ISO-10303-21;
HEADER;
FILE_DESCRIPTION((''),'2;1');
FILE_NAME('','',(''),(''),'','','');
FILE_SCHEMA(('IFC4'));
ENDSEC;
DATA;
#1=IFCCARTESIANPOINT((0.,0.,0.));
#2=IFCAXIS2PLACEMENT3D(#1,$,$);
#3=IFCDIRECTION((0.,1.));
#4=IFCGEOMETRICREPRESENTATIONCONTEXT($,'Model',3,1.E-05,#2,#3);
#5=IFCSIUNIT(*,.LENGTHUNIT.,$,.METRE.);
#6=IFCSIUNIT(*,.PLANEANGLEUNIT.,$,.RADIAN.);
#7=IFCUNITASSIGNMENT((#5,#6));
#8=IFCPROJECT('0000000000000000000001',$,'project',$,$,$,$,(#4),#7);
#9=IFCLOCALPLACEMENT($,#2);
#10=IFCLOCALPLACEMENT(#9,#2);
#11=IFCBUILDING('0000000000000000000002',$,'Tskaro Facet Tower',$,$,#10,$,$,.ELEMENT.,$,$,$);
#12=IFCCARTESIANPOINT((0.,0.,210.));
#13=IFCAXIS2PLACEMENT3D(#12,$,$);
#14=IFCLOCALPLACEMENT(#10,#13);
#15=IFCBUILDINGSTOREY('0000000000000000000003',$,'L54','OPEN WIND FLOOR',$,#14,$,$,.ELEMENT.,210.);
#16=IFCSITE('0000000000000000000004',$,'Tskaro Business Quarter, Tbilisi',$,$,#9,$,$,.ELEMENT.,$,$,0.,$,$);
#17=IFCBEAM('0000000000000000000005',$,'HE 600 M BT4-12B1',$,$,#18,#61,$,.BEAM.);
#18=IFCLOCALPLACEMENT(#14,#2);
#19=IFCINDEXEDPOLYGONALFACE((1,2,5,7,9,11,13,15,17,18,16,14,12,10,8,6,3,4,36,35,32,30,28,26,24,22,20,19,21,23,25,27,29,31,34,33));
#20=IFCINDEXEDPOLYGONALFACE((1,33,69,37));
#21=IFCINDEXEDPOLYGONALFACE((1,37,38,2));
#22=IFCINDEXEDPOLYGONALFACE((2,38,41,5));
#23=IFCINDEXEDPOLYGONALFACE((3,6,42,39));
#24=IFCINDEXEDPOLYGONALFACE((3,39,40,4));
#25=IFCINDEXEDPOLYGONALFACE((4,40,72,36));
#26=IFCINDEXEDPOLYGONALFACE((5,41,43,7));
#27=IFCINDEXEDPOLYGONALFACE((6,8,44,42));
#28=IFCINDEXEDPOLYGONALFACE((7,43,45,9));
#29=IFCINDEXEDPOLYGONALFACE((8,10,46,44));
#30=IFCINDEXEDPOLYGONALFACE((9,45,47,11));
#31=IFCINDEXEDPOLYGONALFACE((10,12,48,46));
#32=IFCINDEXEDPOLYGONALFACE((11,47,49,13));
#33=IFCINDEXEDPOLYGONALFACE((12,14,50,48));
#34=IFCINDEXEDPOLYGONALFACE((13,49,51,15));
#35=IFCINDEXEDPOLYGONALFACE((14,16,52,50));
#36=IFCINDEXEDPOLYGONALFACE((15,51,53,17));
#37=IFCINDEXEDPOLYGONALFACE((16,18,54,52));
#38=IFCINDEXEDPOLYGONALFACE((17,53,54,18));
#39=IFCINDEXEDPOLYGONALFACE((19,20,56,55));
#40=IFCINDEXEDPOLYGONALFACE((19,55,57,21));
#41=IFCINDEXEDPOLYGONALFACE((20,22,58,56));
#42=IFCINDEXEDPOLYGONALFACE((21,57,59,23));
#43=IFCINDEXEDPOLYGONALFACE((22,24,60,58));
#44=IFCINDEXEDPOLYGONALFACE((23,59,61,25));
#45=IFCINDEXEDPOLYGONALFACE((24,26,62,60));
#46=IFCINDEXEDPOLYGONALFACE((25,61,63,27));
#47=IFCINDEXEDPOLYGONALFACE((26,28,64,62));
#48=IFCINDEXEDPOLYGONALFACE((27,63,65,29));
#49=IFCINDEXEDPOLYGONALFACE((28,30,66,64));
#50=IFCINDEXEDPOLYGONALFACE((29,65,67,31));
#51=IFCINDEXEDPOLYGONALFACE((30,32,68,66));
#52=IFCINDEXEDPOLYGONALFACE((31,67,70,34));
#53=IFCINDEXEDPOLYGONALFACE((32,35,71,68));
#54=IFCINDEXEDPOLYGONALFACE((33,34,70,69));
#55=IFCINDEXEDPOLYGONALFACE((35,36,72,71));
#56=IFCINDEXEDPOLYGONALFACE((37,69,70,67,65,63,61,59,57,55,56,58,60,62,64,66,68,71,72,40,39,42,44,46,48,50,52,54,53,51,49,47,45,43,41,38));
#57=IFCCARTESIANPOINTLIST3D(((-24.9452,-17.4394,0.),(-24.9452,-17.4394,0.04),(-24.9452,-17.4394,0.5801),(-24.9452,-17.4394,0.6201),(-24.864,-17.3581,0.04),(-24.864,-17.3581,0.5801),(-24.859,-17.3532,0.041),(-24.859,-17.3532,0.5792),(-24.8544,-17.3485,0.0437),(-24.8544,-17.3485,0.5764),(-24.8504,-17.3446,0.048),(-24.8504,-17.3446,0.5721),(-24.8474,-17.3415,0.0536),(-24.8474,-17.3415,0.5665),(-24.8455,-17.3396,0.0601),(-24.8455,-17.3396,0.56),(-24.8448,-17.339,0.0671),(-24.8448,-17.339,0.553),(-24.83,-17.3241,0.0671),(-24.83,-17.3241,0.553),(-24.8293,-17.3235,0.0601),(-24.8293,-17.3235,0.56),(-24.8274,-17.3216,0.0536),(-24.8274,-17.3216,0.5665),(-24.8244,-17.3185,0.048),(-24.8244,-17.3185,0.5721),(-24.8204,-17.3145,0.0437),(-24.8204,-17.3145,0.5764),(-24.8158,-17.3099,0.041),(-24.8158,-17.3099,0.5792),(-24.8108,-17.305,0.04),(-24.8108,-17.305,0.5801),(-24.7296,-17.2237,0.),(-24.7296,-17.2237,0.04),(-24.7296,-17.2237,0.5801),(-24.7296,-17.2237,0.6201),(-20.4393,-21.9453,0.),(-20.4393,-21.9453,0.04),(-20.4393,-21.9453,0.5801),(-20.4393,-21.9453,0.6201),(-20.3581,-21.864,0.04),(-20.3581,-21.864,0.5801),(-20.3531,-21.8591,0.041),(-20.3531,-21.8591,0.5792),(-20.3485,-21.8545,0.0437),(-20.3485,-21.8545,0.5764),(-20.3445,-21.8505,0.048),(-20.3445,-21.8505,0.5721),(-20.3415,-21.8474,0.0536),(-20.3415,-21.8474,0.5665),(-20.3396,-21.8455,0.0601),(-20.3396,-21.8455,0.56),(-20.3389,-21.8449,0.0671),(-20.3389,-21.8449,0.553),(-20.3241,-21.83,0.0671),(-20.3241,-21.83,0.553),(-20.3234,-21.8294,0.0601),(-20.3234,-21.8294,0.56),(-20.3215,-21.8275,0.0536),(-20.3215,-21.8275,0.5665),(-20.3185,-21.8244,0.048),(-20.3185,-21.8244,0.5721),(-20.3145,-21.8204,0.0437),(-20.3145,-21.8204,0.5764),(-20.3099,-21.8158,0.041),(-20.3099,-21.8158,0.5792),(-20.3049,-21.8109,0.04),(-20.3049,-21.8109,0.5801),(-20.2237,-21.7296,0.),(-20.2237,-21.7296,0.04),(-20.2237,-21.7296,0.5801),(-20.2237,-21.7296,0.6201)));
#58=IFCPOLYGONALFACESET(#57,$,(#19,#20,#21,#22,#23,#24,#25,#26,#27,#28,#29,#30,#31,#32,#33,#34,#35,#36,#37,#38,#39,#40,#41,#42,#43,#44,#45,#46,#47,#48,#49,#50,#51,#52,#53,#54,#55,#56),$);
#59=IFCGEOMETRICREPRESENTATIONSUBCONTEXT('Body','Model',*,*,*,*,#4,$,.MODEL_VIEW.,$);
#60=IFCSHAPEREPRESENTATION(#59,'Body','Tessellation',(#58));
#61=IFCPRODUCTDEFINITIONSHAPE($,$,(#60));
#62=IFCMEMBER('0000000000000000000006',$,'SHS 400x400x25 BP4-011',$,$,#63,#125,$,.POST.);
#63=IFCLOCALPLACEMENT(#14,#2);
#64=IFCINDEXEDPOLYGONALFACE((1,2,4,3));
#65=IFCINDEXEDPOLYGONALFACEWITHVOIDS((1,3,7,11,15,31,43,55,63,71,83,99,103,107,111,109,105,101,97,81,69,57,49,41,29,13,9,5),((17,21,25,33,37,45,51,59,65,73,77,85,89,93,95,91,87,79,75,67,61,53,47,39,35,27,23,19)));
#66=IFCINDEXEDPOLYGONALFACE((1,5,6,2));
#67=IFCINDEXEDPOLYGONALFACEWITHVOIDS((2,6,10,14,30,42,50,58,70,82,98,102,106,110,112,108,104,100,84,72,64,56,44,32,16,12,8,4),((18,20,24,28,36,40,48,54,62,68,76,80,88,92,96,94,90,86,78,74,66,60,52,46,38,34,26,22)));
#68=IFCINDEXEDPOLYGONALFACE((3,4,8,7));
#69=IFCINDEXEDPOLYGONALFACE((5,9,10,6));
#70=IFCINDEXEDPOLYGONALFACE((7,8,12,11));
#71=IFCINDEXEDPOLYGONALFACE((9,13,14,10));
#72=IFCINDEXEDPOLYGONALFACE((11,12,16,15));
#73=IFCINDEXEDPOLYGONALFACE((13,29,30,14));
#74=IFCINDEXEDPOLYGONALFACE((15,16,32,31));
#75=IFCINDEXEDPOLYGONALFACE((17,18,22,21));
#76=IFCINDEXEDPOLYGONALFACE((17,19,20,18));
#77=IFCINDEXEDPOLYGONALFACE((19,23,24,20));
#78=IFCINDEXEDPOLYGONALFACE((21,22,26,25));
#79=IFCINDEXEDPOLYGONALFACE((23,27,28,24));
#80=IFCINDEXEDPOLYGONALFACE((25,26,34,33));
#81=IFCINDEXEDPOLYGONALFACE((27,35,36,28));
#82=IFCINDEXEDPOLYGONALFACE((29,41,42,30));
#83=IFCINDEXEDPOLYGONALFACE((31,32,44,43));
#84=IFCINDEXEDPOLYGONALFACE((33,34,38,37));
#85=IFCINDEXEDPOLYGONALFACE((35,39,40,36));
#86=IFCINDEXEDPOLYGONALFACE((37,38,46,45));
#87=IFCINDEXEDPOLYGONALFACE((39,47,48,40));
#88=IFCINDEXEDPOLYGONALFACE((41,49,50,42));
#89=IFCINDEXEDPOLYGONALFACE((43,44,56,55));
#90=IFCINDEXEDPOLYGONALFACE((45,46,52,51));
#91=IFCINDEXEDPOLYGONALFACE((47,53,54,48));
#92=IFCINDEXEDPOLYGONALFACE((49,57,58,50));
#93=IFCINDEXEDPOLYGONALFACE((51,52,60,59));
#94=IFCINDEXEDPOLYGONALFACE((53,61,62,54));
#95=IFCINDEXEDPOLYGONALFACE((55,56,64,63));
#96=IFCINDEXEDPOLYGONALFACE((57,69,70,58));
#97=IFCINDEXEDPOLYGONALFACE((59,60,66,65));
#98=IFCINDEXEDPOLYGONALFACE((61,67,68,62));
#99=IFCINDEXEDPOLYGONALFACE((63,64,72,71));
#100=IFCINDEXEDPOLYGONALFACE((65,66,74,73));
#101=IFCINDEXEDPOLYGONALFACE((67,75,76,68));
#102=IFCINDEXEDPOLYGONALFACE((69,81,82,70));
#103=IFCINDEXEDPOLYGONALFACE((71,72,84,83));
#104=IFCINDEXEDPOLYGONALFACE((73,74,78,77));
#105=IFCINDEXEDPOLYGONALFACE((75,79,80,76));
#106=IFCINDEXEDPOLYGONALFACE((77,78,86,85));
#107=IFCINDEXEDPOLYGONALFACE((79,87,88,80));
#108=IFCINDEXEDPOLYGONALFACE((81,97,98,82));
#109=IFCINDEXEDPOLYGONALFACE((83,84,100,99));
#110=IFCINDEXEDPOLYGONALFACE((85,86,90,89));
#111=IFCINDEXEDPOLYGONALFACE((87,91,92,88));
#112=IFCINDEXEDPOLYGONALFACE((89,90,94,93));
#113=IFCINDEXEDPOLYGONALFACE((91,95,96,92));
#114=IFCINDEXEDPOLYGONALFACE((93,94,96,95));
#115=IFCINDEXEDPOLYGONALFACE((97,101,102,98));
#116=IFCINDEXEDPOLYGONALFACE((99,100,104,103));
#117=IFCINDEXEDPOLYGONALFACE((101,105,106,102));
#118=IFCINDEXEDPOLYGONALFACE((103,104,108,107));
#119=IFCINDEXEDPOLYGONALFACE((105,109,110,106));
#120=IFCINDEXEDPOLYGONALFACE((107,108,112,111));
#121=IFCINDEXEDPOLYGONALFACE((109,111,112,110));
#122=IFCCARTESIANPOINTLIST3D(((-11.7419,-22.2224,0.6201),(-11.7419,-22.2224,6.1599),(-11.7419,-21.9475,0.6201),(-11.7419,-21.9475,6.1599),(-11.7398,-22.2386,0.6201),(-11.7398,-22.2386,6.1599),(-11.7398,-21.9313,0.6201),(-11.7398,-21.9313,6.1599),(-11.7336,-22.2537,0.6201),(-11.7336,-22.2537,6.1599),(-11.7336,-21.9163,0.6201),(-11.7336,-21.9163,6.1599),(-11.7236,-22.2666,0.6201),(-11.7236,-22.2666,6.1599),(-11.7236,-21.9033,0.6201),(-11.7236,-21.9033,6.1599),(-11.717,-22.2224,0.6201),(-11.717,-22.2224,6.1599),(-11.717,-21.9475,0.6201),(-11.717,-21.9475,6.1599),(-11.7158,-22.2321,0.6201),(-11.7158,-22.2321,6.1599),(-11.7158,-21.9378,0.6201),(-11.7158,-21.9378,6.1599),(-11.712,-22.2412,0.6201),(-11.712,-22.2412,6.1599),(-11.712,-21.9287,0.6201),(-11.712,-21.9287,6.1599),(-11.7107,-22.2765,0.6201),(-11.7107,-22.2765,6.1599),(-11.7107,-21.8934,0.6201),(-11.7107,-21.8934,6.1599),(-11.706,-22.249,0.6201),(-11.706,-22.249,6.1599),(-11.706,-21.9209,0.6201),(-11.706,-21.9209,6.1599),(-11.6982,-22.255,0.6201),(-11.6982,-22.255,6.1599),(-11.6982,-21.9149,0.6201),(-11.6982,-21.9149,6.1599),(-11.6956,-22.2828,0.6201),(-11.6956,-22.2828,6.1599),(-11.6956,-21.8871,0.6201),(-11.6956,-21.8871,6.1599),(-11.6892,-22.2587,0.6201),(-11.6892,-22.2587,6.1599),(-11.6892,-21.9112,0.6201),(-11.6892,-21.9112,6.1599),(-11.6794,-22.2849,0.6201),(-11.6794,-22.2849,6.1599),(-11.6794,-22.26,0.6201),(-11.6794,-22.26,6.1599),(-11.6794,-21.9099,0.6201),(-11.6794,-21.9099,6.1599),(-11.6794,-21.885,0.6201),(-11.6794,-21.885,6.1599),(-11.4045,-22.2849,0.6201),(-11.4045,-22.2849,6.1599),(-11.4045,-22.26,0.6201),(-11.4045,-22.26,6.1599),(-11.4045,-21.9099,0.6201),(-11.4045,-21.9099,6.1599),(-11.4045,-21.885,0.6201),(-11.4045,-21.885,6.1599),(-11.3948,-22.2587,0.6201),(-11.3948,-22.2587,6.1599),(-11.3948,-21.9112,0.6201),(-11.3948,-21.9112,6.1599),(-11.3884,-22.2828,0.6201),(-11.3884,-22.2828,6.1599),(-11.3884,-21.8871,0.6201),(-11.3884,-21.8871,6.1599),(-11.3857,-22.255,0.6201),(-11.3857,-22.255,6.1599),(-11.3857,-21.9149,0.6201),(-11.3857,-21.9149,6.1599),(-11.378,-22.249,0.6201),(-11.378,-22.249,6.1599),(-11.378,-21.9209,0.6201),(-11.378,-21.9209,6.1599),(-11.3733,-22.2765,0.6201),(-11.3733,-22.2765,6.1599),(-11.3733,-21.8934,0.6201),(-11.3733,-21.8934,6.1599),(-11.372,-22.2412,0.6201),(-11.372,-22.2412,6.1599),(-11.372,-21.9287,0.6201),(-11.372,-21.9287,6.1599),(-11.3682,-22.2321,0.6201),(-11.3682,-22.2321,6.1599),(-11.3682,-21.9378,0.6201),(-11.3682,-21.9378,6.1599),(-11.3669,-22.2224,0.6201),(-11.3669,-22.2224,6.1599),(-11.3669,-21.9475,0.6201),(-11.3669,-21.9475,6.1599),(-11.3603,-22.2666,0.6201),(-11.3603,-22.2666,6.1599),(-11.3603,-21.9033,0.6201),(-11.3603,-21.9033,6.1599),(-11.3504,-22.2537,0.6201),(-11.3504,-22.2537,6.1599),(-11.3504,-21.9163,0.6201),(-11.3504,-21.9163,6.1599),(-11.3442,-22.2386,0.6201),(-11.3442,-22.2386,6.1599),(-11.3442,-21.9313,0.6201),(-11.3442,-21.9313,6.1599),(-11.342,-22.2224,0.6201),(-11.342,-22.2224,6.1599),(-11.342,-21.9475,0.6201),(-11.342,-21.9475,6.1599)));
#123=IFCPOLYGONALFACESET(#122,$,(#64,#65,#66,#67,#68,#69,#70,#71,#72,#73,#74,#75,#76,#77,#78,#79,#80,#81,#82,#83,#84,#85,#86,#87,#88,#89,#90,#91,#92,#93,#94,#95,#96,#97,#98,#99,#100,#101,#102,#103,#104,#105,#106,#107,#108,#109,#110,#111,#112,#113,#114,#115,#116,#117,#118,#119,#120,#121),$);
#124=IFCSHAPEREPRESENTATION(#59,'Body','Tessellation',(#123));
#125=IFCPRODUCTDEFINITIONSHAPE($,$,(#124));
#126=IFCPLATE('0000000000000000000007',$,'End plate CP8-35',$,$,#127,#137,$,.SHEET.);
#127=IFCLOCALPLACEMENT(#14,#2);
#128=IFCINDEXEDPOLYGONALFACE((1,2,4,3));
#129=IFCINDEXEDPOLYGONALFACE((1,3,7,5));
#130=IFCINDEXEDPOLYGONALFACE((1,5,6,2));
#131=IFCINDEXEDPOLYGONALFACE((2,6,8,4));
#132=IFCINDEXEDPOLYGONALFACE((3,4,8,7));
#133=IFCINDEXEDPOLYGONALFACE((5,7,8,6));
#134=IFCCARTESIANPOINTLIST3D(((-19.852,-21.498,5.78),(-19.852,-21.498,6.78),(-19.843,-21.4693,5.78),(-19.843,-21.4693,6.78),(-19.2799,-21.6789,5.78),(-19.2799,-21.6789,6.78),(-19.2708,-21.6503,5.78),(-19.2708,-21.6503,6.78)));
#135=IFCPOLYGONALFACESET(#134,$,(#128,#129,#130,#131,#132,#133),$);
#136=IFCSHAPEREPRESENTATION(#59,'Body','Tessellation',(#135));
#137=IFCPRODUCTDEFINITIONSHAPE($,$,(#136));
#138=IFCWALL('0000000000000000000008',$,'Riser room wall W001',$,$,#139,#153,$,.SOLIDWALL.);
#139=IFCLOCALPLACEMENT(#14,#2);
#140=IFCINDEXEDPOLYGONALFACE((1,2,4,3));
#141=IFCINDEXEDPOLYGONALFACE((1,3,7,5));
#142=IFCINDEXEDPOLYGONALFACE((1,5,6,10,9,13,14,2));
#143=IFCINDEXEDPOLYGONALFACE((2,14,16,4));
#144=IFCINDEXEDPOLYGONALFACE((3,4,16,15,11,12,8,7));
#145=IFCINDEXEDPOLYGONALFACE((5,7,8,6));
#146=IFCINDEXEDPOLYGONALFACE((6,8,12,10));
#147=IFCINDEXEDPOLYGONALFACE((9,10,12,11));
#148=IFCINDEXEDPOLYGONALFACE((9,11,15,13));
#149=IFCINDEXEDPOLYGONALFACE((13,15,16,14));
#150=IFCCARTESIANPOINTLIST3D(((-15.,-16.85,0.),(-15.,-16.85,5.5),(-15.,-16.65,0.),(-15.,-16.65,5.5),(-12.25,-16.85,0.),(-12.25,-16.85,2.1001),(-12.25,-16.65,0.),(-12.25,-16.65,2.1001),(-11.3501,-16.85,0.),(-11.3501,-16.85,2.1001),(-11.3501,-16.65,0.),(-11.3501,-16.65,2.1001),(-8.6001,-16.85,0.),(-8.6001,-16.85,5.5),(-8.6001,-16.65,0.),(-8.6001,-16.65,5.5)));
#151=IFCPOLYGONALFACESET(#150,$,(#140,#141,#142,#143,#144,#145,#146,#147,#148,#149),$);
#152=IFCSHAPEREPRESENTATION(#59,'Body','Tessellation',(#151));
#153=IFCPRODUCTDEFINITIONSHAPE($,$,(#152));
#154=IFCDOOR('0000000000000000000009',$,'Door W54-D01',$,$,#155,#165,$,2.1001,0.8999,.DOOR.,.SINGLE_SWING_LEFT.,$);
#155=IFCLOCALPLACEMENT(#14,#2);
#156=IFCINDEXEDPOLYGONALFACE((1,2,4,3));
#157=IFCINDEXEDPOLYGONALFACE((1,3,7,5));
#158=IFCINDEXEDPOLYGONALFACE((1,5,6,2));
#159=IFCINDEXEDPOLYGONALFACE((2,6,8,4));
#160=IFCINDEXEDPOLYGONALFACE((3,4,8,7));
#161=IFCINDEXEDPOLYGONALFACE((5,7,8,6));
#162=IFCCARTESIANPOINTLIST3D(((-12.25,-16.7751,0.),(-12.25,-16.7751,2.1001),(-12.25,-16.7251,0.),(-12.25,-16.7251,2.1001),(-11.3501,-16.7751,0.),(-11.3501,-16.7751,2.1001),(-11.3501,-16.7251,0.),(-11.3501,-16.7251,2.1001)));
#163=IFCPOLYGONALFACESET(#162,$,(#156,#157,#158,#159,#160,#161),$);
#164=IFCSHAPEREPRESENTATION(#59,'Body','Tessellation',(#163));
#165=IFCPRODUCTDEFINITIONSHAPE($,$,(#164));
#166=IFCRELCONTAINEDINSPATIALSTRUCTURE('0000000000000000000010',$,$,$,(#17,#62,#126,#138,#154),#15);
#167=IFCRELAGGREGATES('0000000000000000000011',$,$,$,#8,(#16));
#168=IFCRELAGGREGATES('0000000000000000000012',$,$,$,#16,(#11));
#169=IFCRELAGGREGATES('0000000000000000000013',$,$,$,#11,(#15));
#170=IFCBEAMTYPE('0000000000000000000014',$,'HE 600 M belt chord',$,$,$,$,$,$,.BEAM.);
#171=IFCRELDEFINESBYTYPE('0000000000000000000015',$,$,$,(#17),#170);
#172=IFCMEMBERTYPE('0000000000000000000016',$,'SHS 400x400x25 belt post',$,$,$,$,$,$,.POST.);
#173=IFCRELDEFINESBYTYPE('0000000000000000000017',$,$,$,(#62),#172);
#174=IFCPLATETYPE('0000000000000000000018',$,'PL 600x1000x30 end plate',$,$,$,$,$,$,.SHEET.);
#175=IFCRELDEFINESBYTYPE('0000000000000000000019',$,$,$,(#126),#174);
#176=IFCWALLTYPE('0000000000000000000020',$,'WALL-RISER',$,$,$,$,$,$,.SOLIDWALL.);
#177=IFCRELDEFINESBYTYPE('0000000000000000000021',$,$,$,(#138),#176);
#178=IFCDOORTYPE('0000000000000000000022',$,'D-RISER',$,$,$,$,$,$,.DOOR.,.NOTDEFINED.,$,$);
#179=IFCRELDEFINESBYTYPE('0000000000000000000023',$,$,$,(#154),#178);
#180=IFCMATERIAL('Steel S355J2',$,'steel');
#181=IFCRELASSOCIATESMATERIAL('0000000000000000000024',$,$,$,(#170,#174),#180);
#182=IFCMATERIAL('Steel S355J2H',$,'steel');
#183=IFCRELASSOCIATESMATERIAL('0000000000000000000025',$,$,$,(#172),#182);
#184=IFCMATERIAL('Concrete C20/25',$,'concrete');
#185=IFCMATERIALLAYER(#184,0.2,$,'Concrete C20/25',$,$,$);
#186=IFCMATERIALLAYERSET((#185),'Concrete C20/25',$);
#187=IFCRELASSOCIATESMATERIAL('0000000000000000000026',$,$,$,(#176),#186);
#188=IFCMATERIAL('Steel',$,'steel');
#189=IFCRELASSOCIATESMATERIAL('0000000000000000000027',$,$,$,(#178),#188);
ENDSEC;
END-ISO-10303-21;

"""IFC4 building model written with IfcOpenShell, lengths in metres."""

from ifc_helpers import new_model, si_unit, direction, frame, frame_2d, origin, origin_2d, place, context, subcontext, project, spatial, rectangle, hollow_rectangle, i_section, extrude, material, layer, layer_set, material_profile, profile_set, type_object, element, fill, save


model = new_model("IFC4")

# Units and contexts
model_context = context("Model", 3, precision=1e-05, world=origin(), true_north=direction((0.0, 1.0)))
body_context = subcontext(model_context, "Body", "Model", "MODEL_VIEW")
ifc_project = project(units=[si_unit("LENGTHUNIT", "METRE"), si_unit("PLANEANGLEUNIT", "RADIAN")], contexts=[model_context])

# Site, building, storey
site_placement = place(None, origin())
site = spatial("IfcSite", under=ifc_project, at=site_placement, Name="Tskaro Business Quarter, Tbilisi", CompositionType="ELEMENT", RefElevation=0.0)
building_placement = place(site_placement, origin())
building = spatial("IfcBuilding", under=site, at=building_placement, Name="Tskaro Facet Tower", CompositionType="ELEMENT")
storey_placement = place(building_placement, frame((0.0, 0.0, 210.0)))
storey = spatial("IfcBuildingStorey", under=building, at=storey_placement, Name="L54", Description="OPEN WIND FLOOR", CompositionType="ELEMENT", Elevation=210.0)

# Shared definitions
ifc_material_1 = material(Name="Steel S355J2H", Category="steel")

# Shared definitions
ifc_material_2 = material(Name="Steel S355J2", Category="steel")

# Beam
ifc_material_profile_1 = material_profile(ifc_material_2, i_section(OverallWidth=0.3049, OverallDepth=0.6201, WebThickness=0.021, FlangeThickness=0.04, FilletRadius=0.0271, at=origin_2d()), Name="HE 600 M")
ifc_profile_set_1 = profile_set([ifc_material_profile_1], Name="Steel S355J2")
beam_type_1 = type_object("IfcBeamType", Name="HE 600 M belt chord", PredefinedType="BEAM", material=ifc_profile_set_1)
for number, where, z_axis, x_axis, name in (
    (1, (-24.8374, -17.3315, 0.3101), (0.707107, -0.707107, 0.0), (0.707107, 0.707107, 0.0), "HE 600 M BT4-12B1"),
):
    element("IfcBeam", number, at=place(storey_placement, frame(where, z_axis=z_axis, x_axis=x_axis)), inside=storey, type_object=beam_type_1, Name=name, PredefinedType="BEAM", context=body_context, shape_type="SweptSolid", body=[
        extrude(i_section(OverallWidth=0.3049, OverallDepth=0.6201, WebThickness=0.021, FlangeThickness=0.04, FilletRadius=0.0271, at=origin_2d()), origin(), (0.0, 0.0, 1.0), 6.3723),
    ])

# Member
ifc_material_profile_2 = material_profile(ifc_material_1, hollow_rectangle(XDim=0.3999, YDim=0.3999, WallThickness=0.0249, InnerFilletRadius=0.0376, OuterFilletRadius=0.0625, at=origin_2d()), Name="SHS 400x400x25")
ifc_profile_set_2 = profile_set([ifc_material_profile_2], Name="Steel S355J2H")
member_type_1 = type_object("IfcMemberType", Name="SHS 400x400x25 belt post", PredefinedType="POST", material=ifc_profile_set_2)
member_placement = place(storey_placement, frame((-11.542, -22.085, 0.6201), z_axis=(0.0, 0.0, 1.0), x_axis=(1.0, 0.0, 0.0)))
element("IfcMember", 2, at=member_placement, inside=storey, type_object=member_type_1, Name="SHS 400x400x25 BP4-011", PredefinedType="POST", context=body_context, shape_type="SweptSolid", body=[
    extrude(hollow_rectangle(XDim=0.3999, YDim=0.3999, WallThickness=0.0249, InnerFilletRadius=0.0376, OuterFilletRadius=0.0625, at=origin_2d()), origin(), (0.0, 0.0, 1.0), 5.5398),
])

# Plate
ifc_material_profile_3 = material_profile(ifc_material_2, rectangle(XDim=0.6001, YDim=1.0, at=origin_2d()), Name="PL 600x1000x30 end plate")
ifc_profile_set_3 = profile_set([ifc_material_profile_3], Name="Steel S355J2")
plate_type = type_object("IfcPlateType", Name="PL 600x1000x30 end plate", PredefinedType="SHEET", material=ifc_profile_set_3)
plate_placement = place(storey_placement, frame((-19.5569, -21.5598, 6.28), z_axis=(-0.301521, -0.953459, 0.0), x_axis=(0.953459, -0.301521, 0.0)))
element("IfcPlate", 3, at=plate_placement, inside=storey, type_object=plate_type, Name="End plate CP8-35", PredefinedType="SHEET", context=body_context, shape_type="SweptSolid", body=[
    extrude(rectangle(XDim=0.6001, YDim=1.0, at=origin_2d()), origin(), (0.0, 0.0, 1.0), 0.03),
])

# Wall, opening, door
ifc_material_3 = material(Name="Concrete C20/25", Category="concrete")
ifc_layer = layer(ifc_material_3, 0.2, Name="Concrete C20/25")
ifc_layer_set = layer_set([ifc_layer], Name="Concrete C20/25")
wall_type = type_object("IfcWallType", Name="WALL-RISER", PredefinedType="SOLIDWALL", material=ifc_layer_set)
wall_placement = place(storey_placement, frame((-15.0, -16.75, 0.0), z_axis=(0.0, 0.0, 1.0), x_axis=(1.0, 0.0, 0.0)))
wall = element("IfcWall", 4, at=wall_placement, inside=storey, type_object=wall_type, Name="Riser room wall W001", PredefinedType="SOLIDWALL", context=body_context, shape_type="SweptSolid", body=[
    extrude(rectangle(XDim=6.3999, YDim=0.2, at=frame_2d((3.2, 0.0))), origin(), (0.0, 0.0, 1.0), 5.5),
])
opening_placement = place(wall_placement, frame((2.75, 0.0, 0.0)))
opening = element("IfcOpeningElement", 5, at=opening_placement, cuts=wall, PredefinedType="OPENING", context=body_context, shape_type="SweptSolid", body=[
    extrude(rectangle(XDim=0.8999, YDim=2.1001, at=frame_2d((0.45, 1.05))), frame((0.0, 0.1099, 0.0), z_axis=(0.0, -1.0, 0.0), x_axis=(1.0, 0.0, 0.0)), (0.0, 0.0, 1.0), 0.22),
])
ifc_material_4 = material(Name="Steel", Category="steel")
door_type = type_object("IfcDoorType", Name="D-RISER", OperationType="NOTDEFINED", PredefinedType="DOOR", material=ifc_material_4)
door_placement = place(opening_placement, origin())
door = element("IfcDoor", 6, at=door_placement, inside=storey, type_object=door_type, Name="Door W54-D01", OperationType="SINGLE_SWING_LEFT", OverallHeight=2.1001, OverallWidth=0.8999, PredefinedType="DOOR", context=body_context, shape_type="SweptSolid", body=[
    extrude(rectangle(XDim=0.8999, YDim=2.1001, at=frame_2d((0.45, 1.05))), frame((0.0, 0.0249, 0.0), z_axis=(0.0, -1.0, 0.0), x_axis=(1.0, 0.0, 0.0)), (0.0, 0.0, 1.0), 0.05),
])
fill(opening, door)

save(model, "model.ifc")
